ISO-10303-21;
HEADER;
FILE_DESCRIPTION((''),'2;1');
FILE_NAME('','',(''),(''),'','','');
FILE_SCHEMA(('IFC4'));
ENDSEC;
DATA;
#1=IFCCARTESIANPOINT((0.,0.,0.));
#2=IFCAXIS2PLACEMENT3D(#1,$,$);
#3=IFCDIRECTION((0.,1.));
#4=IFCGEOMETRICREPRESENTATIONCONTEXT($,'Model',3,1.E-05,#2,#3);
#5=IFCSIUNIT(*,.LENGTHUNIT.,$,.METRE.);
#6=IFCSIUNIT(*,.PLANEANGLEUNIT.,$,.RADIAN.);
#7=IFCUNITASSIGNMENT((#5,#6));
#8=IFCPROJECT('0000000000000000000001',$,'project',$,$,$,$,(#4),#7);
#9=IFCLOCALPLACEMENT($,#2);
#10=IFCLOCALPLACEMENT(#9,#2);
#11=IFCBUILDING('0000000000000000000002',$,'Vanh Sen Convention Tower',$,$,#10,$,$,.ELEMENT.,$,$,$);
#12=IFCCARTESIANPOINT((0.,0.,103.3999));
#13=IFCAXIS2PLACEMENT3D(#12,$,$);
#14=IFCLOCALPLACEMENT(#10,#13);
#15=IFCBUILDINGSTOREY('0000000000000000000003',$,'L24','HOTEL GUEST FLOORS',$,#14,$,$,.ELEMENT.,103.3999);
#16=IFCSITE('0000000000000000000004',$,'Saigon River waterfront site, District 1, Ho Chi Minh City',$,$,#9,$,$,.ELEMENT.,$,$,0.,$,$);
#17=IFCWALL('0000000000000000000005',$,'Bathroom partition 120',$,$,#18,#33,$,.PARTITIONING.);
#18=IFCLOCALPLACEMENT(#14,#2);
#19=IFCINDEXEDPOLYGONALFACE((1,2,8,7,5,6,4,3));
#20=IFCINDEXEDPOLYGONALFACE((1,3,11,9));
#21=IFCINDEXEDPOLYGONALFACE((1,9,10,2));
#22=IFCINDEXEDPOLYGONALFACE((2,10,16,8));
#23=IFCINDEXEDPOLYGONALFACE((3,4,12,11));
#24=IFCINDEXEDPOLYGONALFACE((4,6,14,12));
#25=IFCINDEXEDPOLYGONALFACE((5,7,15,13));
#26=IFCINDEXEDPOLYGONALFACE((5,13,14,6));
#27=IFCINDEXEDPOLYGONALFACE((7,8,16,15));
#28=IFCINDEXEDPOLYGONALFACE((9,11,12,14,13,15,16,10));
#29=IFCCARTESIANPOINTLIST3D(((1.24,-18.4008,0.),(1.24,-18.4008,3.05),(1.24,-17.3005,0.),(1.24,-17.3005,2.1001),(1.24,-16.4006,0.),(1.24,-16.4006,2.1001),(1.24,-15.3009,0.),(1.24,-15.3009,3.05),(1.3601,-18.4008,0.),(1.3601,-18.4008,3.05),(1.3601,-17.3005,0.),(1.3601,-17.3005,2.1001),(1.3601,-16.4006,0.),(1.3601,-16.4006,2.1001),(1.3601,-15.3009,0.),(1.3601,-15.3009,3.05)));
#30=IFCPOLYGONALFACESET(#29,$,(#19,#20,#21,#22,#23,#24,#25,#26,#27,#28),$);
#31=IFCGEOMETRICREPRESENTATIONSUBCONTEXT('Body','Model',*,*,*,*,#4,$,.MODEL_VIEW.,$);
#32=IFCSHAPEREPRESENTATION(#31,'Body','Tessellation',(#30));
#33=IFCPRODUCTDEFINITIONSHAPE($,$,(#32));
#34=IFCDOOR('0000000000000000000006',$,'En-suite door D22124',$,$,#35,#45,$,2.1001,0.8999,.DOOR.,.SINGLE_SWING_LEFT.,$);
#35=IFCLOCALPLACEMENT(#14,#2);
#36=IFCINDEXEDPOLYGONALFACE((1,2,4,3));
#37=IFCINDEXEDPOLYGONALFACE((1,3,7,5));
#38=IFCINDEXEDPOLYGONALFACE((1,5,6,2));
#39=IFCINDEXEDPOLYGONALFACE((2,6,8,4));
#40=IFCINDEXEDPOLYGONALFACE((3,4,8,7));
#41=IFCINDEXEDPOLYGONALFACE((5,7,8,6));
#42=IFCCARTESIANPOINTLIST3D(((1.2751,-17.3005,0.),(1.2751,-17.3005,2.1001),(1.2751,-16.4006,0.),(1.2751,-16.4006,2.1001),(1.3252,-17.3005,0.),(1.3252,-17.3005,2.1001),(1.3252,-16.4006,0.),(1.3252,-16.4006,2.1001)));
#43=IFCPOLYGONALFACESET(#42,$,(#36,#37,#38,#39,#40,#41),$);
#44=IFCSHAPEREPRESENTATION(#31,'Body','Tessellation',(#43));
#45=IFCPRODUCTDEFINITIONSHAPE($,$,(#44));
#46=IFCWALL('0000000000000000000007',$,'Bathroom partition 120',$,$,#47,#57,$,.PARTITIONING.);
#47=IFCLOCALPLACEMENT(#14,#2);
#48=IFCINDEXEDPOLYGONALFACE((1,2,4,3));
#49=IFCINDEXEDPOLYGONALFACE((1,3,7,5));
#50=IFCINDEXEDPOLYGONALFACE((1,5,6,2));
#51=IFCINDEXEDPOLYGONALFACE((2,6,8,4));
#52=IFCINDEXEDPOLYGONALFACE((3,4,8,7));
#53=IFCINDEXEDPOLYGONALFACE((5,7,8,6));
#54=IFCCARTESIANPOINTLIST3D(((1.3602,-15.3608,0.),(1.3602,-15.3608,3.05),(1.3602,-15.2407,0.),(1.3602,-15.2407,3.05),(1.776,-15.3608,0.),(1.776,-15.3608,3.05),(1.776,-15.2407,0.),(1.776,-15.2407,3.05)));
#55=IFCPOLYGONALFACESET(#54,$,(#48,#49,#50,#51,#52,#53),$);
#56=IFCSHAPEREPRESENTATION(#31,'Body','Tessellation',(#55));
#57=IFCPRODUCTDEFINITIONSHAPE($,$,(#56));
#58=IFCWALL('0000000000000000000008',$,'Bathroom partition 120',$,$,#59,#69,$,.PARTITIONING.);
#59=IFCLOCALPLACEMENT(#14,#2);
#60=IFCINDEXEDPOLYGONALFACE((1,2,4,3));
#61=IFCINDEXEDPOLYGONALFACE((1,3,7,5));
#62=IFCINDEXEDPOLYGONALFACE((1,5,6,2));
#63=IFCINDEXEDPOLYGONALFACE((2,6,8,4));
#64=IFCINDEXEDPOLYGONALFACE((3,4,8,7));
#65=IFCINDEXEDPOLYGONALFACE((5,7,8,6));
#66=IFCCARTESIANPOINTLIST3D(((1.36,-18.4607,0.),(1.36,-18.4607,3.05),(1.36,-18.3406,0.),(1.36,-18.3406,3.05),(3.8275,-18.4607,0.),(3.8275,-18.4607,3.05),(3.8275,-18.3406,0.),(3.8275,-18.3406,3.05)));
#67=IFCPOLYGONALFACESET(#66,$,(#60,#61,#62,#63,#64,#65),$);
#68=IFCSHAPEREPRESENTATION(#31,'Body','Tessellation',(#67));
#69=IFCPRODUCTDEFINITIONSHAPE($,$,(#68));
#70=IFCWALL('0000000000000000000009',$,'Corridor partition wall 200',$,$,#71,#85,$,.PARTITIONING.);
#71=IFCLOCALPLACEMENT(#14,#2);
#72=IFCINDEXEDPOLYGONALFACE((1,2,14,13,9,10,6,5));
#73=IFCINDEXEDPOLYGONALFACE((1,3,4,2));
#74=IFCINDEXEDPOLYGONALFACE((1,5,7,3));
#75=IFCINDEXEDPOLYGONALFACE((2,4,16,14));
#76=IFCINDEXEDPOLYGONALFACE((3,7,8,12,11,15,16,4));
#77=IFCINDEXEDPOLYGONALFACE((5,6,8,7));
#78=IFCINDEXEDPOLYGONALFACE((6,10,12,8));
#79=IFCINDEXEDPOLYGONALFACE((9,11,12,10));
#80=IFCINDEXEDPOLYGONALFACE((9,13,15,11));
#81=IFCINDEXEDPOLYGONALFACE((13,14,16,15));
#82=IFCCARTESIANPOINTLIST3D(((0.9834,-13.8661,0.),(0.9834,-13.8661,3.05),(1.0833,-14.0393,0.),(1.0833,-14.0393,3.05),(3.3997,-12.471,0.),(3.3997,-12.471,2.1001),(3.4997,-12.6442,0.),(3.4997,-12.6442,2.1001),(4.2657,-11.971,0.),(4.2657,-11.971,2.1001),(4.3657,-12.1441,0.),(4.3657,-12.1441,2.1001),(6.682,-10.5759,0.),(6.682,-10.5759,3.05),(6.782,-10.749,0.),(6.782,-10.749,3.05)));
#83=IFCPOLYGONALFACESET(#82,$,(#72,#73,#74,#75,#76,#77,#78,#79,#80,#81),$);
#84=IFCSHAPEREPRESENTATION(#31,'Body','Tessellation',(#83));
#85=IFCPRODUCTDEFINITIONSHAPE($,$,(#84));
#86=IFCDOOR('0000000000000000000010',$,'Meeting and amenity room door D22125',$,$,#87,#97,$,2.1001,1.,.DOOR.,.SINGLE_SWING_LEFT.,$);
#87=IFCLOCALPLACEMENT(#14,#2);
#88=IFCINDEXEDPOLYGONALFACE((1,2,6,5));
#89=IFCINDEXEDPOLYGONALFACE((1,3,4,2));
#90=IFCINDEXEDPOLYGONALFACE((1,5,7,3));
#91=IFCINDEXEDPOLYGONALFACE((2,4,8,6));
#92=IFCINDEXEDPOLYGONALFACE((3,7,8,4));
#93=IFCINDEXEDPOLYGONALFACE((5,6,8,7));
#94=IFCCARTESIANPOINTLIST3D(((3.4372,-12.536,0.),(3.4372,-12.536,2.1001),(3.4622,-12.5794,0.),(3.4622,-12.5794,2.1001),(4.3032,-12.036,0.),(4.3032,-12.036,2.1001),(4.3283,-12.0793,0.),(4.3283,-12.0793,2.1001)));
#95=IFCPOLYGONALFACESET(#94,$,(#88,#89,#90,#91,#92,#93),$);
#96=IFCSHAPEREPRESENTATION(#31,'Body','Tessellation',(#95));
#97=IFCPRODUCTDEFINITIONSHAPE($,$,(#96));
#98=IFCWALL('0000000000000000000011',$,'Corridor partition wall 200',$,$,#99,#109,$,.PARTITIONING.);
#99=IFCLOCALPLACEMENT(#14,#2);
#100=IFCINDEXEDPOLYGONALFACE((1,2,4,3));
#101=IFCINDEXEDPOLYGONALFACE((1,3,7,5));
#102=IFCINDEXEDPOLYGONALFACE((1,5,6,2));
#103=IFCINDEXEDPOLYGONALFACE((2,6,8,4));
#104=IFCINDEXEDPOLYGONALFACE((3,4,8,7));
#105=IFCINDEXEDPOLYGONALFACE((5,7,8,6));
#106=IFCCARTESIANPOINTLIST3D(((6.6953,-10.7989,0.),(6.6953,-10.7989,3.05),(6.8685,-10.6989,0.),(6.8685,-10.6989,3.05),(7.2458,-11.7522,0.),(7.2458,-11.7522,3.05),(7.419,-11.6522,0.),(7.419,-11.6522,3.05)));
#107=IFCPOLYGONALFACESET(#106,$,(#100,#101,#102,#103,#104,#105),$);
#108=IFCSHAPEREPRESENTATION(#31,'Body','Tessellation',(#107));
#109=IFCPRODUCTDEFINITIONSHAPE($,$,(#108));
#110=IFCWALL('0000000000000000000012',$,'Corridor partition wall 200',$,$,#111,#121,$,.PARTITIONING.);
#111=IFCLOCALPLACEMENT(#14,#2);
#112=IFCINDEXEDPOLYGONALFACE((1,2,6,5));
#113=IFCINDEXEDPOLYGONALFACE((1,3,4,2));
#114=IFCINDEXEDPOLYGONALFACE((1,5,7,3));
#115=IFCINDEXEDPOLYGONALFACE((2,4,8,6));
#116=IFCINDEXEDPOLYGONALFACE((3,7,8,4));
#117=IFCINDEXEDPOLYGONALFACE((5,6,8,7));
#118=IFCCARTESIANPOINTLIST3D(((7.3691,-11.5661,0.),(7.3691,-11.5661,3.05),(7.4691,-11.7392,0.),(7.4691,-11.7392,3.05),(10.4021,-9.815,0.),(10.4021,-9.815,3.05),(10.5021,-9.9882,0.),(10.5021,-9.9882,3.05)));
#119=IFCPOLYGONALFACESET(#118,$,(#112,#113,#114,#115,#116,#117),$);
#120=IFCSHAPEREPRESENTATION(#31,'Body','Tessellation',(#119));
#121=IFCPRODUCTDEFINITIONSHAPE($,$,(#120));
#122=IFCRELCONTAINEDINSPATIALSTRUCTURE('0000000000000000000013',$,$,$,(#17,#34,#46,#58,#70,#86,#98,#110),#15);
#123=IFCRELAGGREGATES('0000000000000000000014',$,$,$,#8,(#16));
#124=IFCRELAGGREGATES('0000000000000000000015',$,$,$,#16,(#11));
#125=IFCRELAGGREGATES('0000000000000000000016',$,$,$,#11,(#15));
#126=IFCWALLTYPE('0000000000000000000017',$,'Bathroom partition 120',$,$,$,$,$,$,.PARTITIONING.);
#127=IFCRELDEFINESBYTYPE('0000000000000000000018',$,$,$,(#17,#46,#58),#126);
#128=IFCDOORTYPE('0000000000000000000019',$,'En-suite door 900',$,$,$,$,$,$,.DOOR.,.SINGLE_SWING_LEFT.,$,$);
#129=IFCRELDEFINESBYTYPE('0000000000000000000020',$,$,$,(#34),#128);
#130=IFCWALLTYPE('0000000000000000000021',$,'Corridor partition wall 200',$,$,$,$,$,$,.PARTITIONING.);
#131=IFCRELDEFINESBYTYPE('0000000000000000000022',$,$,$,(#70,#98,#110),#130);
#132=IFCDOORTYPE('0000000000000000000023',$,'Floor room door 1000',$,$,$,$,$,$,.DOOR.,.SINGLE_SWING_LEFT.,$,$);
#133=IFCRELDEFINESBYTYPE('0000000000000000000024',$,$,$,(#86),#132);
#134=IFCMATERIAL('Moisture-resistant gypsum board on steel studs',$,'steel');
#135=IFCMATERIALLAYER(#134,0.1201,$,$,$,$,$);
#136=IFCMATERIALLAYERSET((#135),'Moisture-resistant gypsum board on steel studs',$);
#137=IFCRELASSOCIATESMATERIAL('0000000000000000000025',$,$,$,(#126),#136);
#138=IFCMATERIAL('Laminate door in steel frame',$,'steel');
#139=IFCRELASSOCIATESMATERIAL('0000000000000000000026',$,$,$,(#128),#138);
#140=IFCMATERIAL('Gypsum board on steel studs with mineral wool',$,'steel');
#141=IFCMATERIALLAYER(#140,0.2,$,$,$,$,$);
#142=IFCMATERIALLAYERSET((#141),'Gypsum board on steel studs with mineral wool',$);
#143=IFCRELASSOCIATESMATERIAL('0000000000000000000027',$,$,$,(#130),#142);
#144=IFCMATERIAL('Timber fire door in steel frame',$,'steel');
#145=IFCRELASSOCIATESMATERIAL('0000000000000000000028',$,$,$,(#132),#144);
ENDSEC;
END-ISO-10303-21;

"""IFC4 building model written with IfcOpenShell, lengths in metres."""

from ifc_helpers import new_model, si_unit, direction, frame, frame_2d, origin, place, context, subcontext, project, spatial, rectangle, extrude, material, layer, layer_set, type_object, element, fill, save


model = new_model("IFC4")

# Units and contexts
model_context = context("Model", 3, precision=1e-05, world=origin(), true_north=direction((0.0, 1.0)))
body_context = subcontext(model_context, "Body", "Model", "MODEL_VIEW")
ifc_project = project(units=[si_unit("LENGTHUNIT", "METRE"), si_unit("PLANEANGLEUNIT", "RADIAN")], contexts=[model_context])

# Site, building, storey
site_placement = place(None, origin())
site = spatial("IfcSite", under=ifc_project, at=site_placement, Name="Saigon River waterfront site, District 1, Ho Chi Minh City", CompositionType="ELEMENT", RefElevation=0.0)
building_placement = place(site_placement, origin())
building = spatial("IfcBuilding", under=site, at=building_placement, Name="Vanh Sen Convention Tower", CompositionType="ELEMENT")
storey_placement = place(building_placement, frame((0.0, 0.0, 103.3999)))
storey = spatial("IfcBuildingStorey", under=building, at=storey_placement, Name="L24", Description="HOTEL GUEST FLOORS", CompositionType="ELEMENT", Elevation=103.3999)

# Wall, opening, door
ifc_material_1 = material(Name="Moisture-resistant gypsum board on steel studs", Category="steel")
ifc_layer_1 = layer(ifc_material_1, 0.1201)
ifc_layer_set_1 = layer_set([ifc_layer_1], Name="Moisture-resistant gypsum board on steel studs")
wall_type_1 = type_object("IfcWallType", Name="Bathroom partition 120", PredefinedType="PARTITIONING", material=ifc_layer_set_1)
wall_1_placement = place(storey_placement, frame((1.3, -18.4006, 0.0), z_axis=(0.0, 0.0, 1.0), x_axis=(0.0, 1.0, 0.0)))
wall_1 = element("IfcWall", 1, at=wall_1_placement, inside=storey, type_object=wall_type_1, Name="Bathroom partition 120", PredefinedType="PARTITIONING", context=body_context, shape_type="SweptSolid", body=[
    extrude(rectangle(XDim=3.0999, YDim=0.1201, at=frame_2d((1.5498, 0.0))), origin(), (0.0, 0.0, 1.0), 3.05),
])
opening_1_placement = place(wall_1_placement, frame((1.1001, 0.0, 0.0)))
opening_1 = element("IfcOpeningElement", 2, at=opening_1_placement, cuts=wall_1, PredefinedType="OPENING", context=body_context, shape_type="SweptSolid", body=[
    extrude(rectangle(XDim=0.8999, YDim=2.1001, at=frame_2d((0.45, 1.05))), frame((0.0, 0.0701, 0.0), z_axis=(0.0, -1.0, 0.0), x_axis=(1.0, 0.0, 0.0)), (0.0, 0.0, 1.0), 0.1401),
])
ifc_material_2 = material(Name="Laminate door in steel frame", Category="steel")
door_type_1 = type_object("IfcDoorType", Name="En-suite door 900", OperationType="SINGLE_SWING_LEFT", PredefinedType="DOOR", material=ifc_material_2)
door_1_placement = place(opening_1_placement, origin())
door_1 = element("IfcDoor", 3, at=door_1_placement, inside=storey, type_object=door_type_1, Name="En-suite door D22124", OperationType="SINGLE_SWING_LEFT", OverallHeight=2.1001, OverallWidth=0.8999, PredefinedType="DOOR", context=body_context, shape_type="SweptSolid", body=[
    extrude(rectangle(XDim=0.8999, YDim=2.1001, at=frame_2d((0.45, 1.05))), frame((0.0, 0.0249, 0.0), z_axis=(0.0, -1.0, 0.0), x_axis=(1.0, 0.0, 0.0)), (0.0, 0.0, 1.0), 0.05),
])
fill(opening_1, door_1)

# Walls
wall_2_placement = place(storey_placement, frame((1.3601, -15.3008, 0.0), z_axis=(0.0, 0.0, 1.0), x_axis=(1.0, 0.0, 0.0)))
element("IfcWall", 4, at=wall_2_placement, inside=storey, type_object=wall_type_1, Name="Bathroom partition 120", PredefinedType="PARTITIONING", context=body_context, shape_type="SweptSolid", body=[
    extrude(rectangle(XDim=0.4158, YDim=0.1201, at=frame_2d((0.208, 0.0))), origin(), (0.0, 0.0, 1.0), 3.05),
])
wall_3_placement = place(storey_placement, frame((3.8276, -18.4006, 0.0), z_axis=(0.0, 0.0, 1.0), x_axis=(-1.0, 0.0, 0.0)))
element("IfcWall", 5, at=wall_3_placement, inside=storey, type_object=wall_type_1, Name="Bathroom partition 120", PredefinedType="PARTITIONING", context=body_context, shape_type="SweptSolid", body=[
    extrude(rectangle(XDim=2.4675, YDim=0.1201, at=frame_2d((1.2339, 0.0))), origin(), (0.0, 0.0, 1.0), 3.05),
])

# Wall, opening, door
ifc_material_3 = material(Name="Gypsum board on steel studs with mineral wool", Category="steel")
ifc_layer_2 = layer(ifc_material_3, 0.2)
ifc_layer_set_2 = layer_set([ifc_layer_2], Name="Gypsum board on steel studs with mineral wool")
wall_type_2 = type_object("IfcWallType", Name="Corridor partition wall 200", PredefinedType="PARTITIONING", material=ifc_layer_set_2)
wall_4_placement = place(storey_placement, frame((1.0334, -13.9526, 0.0), z_axis=(0.0, 0.0, 1.0), x_axis=(0.866018, 0.500014, 0.0)))
wall_4 = element("IfcWall", 6, at=wall_4_placement, inside=storey, type_object=wall_type_2, Name="Corridor partition wall 200", PredefinedType="PARTITIONING", context=body_context, shape_type="SweptSolid", body=[
    extrude(rectangle(XDim=6.5803, YDim=0.2, at=frame_2d((3.29, 0.0))), origin(), (0.0, 0.0, 1.0), 3.05),
])
opening_2_placement = place(wall_4_placement, frame((2.79, 0.0, 0.0)))
opening_2 = element("IfcOpeningElement", 7, at=opening_2_placement, cuts=wall_4, PredefinedType="OPENING", context=body_context, shape_type="SweptSolid", body=[
    extrude(rectangle(XDim=1.0, YDim=2.1001, at=frame_2d((0.5, 1.05))), frame((0.0, 0.1099, 0.0), z_axis=(0.0, -1.0, 0.0), x_axis=(1.0, 0.0, 0.0)), (0.0, 0.0, 1.0), 0.22),
])
ifc_material_4 = material(Name="Timber fire door in steel frame", Category="steel")
door_type_2 = type_object("IfcDoorType", Name="Floor room door 1000", OperationType="SINGLE_SWING_LEFT", PredefinedType="DOOR", material=ifc_material_4)
door_2_placement = place(opening_2_placement, origin())
door_2 = element("IfcDoor", 8, at=door_2_placement, inside=storey, type_object=door_type_2, Name="Meeting and amenity room door D22125", OperationType="SINGLE_SWING_LEFT", OverallHeight=2.1001, OverallWidth=1.0, PredefinedType="DOOR", context=body_context, shape_type="SweptSolid", body=[
    extrude(rectangle(XDim=1.0, YDim=2.1001, at=frame_2d((0.5, 1.05))), frame((0.0, 0.0249, 0.0), z_axis=(0.0, -1.0, 0.0), x_axis=(1.0, 0.0, 0.0)), (0.0, 0.0, 1.0), 0.05),
])
fill(opening_2, door_2)

# Walls
wall_5_placement = place(storey_placement, frame((6.782, -10.749, 0.0), z_axis=(0.0, 0.0, 1.0), x_axis=(0.500074, -0.865982, 0.0)))
element("IfcWall", 9, at=wall_5_placement, inside=storey, type_object=wall_type_2, Name="Corridor partition wall 200", PredefinedType="PARTITIONING", context=body_context, shape_type="SweptSolid", body=[
    extrude(rectangle(XDim=1.1008, YDim=0.2, at=frame_2d((0.5503, 0.0))), origin(), (0.0, 0.0, 1.0), 3.05),
])
wall_6_placement = place(storey_placement, frame((7.4192, -11.6526, 0.0), z_axis=(0.0, 0.0, 1.0), x_axis=(0.866038, 0.499978, 0.0)))
element("IfcWall", 10, at=wall_6_placement, inside=storey, type_object=wall_type_2, Name="Corridor partition wall 200", PredefinedType="PARTITIONING", context=body_context, shape_type="SweptSolid", body=[
    extrude(rectangle(XDim=3.5022, YDim=0.2, at=frame_2d((1.751, 0.0))), origin(), (0.0, 0.0, 1.0), 3.05),
])

save(model, "model.ifc")
